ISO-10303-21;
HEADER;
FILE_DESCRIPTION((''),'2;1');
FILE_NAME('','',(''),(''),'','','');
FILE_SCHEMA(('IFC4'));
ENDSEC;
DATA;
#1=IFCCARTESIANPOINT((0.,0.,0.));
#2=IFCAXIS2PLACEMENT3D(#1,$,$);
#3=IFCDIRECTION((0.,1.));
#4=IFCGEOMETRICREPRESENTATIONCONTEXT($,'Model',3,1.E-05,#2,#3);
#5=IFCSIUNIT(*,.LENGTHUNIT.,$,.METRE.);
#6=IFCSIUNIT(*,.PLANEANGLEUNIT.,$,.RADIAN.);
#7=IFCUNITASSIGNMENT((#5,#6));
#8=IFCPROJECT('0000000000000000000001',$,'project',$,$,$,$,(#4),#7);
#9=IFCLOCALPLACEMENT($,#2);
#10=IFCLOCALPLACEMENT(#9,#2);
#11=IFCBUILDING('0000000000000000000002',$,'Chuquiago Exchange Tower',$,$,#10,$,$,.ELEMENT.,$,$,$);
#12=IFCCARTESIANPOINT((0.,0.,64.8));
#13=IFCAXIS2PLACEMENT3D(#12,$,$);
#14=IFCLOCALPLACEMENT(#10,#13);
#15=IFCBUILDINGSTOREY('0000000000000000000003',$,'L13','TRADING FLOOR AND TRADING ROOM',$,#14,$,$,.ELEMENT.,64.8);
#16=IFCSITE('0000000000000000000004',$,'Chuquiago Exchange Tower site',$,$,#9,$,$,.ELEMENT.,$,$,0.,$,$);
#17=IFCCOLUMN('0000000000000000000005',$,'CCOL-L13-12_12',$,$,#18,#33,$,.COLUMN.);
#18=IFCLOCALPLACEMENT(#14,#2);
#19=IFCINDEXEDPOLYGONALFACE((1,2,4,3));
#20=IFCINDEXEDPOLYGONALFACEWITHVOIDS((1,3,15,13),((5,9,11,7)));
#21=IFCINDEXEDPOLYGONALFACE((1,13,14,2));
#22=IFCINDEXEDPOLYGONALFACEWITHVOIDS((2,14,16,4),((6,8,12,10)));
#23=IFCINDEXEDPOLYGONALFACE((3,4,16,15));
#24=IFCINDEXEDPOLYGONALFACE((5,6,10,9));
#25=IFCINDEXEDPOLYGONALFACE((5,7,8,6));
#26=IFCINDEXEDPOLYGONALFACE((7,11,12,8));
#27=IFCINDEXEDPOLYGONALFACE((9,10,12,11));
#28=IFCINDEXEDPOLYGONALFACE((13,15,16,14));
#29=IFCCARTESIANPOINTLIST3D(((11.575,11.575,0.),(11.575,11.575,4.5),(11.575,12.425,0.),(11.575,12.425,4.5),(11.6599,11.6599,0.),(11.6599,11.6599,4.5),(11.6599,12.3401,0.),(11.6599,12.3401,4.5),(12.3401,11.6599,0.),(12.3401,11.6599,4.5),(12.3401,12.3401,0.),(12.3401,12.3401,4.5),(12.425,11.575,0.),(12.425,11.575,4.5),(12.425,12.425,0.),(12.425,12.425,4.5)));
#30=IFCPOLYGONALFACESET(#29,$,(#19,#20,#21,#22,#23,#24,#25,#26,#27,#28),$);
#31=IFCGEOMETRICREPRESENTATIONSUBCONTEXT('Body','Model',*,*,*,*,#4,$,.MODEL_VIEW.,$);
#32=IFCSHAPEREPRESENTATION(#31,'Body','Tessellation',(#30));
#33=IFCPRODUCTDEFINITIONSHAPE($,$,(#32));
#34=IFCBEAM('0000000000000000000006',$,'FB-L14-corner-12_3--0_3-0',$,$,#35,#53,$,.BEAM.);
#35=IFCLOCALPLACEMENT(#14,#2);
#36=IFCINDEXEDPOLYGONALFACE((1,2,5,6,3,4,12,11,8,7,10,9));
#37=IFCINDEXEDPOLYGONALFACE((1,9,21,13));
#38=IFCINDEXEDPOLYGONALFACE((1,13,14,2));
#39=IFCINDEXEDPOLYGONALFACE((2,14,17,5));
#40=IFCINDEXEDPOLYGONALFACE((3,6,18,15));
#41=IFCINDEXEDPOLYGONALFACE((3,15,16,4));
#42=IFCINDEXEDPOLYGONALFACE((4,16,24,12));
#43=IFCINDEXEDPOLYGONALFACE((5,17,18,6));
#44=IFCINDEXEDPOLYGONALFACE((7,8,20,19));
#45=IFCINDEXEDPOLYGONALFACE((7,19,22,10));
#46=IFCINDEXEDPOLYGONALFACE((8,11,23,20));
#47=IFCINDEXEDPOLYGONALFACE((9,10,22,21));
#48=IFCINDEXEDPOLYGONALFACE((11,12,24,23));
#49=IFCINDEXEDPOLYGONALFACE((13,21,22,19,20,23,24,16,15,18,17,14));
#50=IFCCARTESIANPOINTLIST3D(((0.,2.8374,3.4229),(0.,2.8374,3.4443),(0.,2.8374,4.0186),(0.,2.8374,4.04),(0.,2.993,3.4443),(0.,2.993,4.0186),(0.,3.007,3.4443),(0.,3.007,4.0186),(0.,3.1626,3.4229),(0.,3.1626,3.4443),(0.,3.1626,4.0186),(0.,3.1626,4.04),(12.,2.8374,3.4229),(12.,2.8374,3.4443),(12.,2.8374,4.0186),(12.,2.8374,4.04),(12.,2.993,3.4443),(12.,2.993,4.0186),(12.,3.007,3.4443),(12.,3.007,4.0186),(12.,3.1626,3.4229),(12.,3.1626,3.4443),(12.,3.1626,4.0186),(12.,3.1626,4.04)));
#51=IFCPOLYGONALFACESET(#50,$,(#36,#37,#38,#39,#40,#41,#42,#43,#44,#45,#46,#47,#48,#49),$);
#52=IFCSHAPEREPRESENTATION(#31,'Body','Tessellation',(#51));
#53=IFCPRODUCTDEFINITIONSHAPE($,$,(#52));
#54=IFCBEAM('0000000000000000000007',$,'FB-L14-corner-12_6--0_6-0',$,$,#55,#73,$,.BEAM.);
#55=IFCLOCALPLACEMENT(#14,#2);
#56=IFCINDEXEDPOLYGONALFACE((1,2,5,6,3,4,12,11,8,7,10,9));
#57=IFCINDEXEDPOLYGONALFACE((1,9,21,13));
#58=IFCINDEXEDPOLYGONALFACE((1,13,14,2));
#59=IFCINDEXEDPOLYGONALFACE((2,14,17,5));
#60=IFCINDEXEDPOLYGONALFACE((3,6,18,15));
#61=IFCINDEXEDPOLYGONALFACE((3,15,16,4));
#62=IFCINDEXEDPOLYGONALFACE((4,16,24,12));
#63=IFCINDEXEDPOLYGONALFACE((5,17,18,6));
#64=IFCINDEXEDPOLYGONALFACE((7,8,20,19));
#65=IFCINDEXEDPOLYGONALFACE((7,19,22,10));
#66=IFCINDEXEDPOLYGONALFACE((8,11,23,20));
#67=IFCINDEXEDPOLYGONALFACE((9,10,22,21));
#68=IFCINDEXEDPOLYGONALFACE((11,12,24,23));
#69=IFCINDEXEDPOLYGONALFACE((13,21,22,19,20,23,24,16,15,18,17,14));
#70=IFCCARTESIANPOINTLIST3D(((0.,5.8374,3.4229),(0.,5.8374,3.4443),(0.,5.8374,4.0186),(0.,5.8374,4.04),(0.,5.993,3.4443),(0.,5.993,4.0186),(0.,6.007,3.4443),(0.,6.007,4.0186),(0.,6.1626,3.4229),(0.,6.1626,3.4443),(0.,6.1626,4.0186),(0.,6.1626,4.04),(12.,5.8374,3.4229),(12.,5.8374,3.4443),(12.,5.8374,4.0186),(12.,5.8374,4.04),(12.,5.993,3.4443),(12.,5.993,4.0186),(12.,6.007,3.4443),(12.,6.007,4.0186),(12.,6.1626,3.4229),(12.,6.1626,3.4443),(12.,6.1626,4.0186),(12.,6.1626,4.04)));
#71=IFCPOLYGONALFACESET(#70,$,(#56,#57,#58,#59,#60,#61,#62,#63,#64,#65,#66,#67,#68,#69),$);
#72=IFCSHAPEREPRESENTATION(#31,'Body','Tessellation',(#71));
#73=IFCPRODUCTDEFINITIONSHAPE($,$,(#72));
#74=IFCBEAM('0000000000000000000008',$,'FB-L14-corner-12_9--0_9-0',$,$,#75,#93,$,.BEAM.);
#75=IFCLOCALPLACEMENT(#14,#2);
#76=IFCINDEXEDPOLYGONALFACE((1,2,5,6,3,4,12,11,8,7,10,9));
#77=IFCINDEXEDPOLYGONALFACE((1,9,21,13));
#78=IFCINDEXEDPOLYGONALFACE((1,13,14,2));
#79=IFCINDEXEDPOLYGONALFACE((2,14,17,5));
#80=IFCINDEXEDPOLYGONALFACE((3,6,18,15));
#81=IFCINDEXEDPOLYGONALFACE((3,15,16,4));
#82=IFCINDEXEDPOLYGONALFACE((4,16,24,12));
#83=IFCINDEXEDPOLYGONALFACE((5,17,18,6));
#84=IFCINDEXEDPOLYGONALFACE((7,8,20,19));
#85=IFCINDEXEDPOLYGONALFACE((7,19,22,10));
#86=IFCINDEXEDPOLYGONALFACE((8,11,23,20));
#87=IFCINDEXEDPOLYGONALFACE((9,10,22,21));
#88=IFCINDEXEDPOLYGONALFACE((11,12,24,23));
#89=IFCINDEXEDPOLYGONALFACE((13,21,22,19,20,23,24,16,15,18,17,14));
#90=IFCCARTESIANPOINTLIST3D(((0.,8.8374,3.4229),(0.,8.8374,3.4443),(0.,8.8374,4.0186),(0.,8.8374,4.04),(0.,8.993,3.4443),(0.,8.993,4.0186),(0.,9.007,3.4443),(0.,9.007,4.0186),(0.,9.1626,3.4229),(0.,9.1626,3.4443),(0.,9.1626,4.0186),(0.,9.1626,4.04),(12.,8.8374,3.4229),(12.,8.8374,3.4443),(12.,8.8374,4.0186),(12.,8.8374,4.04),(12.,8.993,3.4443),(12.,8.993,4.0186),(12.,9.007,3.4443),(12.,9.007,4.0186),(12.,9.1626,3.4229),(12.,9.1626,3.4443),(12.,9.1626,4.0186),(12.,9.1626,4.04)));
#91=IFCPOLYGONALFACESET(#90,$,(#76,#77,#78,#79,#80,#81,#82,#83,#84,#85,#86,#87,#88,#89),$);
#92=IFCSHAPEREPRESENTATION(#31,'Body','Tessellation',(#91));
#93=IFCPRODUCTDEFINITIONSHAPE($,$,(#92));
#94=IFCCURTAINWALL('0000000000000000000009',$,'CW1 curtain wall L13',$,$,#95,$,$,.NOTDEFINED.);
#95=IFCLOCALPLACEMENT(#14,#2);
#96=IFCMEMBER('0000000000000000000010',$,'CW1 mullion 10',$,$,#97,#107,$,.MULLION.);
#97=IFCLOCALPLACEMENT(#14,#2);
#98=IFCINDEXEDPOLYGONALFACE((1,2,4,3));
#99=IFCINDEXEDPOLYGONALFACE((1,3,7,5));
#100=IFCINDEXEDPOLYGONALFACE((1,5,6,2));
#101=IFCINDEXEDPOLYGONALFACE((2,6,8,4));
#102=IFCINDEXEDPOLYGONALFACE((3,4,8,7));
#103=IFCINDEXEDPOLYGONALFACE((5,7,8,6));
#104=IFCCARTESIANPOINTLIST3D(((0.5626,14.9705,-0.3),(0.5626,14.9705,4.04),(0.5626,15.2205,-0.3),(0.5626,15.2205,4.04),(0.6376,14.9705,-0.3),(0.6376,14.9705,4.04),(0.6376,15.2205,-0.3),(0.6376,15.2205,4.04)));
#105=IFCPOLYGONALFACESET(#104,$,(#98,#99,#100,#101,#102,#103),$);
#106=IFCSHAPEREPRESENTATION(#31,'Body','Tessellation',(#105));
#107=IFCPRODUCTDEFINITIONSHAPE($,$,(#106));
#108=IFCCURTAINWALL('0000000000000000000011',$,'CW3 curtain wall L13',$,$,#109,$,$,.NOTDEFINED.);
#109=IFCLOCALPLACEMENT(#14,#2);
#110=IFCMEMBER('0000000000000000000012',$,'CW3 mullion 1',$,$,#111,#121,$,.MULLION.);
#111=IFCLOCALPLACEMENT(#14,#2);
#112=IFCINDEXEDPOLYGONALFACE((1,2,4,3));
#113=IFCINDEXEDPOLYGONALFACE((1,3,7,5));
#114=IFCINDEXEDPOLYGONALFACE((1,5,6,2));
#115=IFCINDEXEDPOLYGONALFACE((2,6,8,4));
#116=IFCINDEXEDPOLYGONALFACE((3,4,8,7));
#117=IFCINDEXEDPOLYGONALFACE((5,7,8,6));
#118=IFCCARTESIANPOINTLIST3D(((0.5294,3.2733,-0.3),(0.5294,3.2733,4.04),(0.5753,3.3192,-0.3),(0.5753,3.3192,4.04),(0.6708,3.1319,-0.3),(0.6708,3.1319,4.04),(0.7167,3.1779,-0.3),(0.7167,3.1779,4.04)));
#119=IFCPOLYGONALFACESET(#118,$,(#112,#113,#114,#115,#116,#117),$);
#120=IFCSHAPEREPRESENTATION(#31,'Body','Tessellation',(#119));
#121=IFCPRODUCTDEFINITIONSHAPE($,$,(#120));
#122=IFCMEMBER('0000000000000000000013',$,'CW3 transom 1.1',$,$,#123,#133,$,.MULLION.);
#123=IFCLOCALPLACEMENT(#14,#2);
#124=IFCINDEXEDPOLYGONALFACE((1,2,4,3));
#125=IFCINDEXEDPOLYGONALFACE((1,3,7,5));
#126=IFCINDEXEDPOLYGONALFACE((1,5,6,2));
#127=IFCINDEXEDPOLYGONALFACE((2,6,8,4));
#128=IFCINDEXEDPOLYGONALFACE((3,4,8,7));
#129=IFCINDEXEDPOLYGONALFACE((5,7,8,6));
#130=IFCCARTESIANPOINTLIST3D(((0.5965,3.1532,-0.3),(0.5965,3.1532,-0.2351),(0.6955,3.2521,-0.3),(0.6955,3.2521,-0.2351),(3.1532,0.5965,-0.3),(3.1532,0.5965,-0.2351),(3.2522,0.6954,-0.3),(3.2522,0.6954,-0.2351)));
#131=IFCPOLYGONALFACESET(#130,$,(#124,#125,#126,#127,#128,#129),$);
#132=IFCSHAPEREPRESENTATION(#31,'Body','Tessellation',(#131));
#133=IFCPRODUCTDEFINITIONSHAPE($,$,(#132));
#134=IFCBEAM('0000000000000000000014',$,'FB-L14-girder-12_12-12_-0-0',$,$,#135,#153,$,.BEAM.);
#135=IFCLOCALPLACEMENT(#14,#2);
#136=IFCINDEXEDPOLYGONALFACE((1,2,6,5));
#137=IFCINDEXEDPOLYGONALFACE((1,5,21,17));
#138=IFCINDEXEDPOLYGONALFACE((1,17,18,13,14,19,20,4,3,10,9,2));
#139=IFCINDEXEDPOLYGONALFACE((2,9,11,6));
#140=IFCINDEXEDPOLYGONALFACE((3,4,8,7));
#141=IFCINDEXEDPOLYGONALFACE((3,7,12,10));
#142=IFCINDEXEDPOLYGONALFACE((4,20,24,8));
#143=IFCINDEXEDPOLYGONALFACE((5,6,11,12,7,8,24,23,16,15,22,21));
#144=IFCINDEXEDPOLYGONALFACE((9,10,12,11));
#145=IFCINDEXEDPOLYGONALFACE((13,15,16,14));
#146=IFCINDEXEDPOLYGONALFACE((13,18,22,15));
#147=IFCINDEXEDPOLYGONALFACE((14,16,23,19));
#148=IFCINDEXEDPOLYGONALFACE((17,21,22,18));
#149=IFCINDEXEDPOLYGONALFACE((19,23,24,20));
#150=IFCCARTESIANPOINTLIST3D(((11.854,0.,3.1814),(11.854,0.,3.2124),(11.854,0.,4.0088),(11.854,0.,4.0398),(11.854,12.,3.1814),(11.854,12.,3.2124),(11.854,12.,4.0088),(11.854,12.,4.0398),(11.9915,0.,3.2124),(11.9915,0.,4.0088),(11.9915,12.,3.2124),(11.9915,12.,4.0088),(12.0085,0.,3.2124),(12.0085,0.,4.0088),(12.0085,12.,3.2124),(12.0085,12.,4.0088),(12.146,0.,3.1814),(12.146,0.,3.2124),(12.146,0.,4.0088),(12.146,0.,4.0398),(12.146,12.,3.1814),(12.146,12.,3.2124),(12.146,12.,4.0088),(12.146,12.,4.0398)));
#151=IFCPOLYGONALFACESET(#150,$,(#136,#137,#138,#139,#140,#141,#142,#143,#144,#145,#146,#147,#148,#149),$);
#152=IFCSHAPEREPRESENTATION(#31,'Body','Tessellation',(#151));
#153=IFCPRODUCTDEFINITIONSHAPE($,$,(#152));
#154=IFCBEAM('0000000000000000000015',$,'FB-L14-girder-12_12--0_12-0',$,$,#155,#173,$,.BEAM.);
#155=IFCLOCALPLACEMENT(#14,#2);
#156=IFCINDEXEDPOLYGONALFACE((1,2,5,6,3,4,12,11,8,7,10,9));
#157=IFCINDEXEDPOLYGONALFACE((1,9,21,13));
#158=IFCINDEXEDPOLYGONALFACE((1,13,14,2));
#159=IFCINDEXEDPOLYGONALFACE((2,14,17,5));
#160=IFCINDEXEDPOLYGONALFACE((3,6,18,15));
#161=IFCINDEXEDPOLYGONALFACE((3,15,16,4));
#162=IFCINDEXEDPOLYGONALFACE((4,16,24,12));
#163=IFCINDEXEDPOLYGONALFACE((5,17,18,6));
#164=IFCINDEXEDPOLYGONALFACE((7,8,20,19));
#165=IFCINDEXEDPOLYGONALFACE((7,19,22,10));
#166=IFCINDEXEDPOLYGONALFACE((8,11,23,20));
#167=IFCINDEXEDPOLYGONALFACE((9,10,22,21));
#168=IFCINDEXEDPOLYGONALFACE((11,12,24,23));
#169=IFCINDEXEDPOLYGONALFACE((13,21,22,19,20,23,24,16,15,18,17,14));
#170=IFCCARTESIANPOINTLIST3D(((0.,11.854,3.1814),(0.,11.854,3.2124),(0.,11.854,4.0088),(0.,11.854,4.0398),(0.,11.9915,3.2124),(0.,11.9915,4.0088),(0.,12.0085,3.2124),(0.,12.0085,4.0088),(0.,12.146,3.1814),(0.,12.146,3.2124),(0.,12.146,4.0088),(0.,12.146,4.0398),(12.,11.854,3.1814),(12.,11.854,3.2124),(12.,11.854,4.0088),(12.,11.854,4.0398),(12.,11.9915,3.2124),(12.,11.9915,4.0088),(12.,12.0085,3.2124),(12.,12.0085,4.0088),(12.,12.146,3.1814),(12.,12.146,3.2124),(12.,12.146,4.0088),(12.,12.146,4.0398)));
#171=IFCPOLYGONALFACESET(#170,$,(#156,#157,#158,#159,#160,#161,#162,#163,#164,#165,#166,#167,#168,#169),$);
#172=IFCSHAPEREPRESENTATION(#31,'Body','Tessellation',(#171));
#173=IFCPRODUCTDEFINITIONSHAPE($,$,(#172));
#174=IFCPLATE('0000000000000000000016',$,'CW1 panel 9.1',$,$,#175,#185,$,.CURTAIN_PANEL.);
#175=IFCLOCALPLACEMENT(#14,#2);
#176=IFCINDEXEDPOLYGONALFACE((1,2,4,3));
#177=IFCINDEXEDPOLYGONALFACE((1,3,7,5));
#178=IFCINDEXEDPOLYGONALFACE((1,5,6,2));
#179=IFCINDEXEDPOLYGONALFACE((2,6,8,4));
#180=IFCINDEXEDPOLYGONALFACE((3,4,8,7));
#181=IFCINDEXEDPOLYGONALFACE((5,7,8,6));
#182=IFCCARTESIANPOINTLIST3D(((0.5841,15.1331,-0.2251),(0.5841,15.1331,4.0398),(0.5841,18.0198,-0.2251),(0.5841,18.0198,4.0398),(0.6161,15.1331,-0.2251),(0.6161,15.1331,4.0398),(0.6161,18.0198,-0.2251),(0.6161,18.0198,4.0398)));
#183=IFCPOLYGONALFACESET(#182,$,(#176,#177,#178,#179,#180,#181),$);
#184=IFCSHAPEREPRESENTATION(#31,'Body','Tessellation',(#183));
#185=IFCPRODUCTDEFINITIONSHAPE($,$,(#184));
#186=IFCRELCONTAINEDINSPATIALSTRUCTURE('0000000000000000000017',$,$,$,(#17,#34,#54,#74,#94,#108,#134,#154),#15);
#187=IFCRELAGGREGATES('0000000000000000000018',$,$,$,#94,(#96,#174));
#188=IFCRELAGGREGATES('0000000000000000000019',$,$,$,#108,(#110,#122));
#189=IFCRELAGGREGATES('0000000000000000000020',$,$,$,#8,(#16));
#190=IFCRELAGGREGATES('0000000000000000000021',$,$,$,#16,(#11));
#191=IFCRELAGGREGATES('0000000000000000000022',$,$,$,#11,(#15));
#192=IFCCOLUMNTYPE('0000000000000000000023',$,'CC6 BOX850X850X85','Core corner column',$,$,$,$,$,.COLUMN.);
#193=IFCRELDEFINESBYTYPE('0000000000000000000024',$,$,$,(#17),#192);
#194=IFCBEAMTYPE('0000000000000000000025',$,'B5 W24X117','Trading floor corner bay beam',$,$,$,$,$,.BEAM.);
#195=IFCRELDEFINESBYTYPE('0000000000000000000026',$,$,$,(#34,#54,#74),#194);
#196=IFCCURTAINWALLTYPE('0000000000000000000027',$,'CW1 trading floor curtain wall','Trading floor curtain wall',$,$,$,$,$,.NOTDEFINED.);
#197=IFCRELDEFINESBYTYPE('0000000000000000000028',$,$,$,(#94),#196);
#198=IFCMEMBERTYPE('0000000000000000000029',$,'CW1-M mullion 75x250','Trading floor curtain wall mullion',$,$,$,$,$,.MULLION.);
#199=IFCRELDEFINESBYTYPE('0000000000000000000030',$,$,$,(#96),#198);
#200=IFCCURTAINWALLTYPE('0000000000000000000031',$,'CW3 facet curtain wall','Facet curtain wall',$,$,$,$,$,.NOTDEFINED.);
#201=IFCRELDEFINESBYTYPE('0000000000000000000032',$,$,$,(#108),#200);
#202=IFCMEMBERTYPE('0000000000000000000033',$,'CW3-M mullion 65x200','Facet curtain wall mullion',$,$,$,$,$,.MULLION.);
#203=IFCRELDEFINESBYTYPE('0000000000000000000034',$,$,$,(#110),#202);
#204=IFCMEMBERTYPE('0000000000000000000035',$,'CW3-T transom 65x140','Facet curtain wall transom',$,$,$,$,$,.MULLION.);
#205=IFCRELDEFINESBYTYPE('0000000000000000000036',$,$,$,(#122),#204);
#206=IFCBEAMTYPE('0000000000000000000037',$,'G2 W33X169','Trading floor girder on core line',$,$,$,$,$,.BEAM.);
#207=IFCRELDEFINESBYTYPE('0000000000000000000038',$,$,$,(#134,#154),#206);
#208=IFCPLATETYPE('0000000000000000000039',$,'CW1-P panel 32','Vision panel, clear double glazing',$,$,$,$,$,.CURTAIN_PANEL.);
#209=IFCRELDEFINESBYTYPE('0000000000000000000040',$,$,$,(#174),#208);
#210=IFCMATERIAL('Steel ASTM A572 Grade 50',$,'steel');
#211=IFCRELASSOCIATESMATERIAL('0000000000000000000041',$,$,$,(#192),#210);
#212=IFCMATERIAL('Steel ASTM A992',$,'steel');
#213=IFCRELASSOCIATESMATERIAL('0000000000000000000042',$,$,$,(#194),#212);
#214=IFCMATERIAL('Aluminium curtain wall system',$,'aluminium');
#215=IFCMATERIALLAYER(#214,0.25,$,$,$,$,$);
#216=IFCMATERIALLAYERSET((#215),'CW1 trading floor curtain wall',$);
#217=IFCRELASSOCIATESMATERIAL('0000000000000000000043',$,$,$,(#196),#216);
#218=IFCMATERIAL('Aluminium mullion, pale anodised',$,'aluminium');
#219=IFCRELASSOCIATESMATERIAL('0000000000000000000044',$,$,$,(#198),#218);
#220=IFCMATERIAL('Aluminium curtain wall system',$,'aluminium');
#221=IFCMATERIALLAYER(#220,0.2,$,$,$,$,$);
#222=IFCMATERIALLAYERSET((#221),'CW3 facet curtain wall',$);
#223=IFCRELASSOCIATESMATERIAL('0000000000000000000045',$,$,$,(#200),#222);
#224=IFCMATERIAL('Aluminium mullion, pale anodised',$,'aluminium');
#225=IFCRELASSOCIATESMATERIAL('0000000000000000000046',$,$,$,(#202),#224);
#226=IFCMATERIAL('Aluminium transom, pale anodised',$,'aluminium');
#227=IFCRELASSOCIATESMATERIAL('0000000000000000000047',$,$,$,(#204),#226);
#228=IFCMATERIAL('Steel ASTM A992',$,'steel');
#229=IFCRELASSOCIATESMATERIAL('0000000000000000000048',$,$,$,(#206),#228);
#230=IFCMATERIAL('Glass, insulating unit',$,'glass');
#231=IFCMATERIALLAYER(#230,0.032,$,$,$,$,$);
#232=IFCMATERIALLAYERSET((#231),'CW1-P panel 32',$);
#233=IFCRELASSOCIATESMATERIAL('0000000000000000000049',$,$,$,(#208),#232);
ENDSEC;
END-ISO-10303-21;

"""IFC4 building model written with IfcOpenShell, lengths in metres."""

from ifc_helpers import new_model, si_unit, direction, frame, origin, origin_2d, place, context, subcontext, project, spatial, rectangle, hollow_rectangle, i_section, extrude, material, layer, layer_set, material_profile, profile_set, type_object, element, aggregate, save


model = new_model("IFC4")

# Units and contexts
model_context = context("Model", 3, precision=1e-05, world=origin(), true_north=direction((0.0, 1.0)))
body_context = subcontext(model_context, "Body", "Model", "MODEL_VIEW")
ifc_project = project(units=[si_unit("LENGTHUNIT", "METRE"), si_unit("PLANEANGLEUNIT", "RADIAN")], contexts=[model_context])

# Site, building, storey
site_placement = place(None, origin())
site = spatial("IfcSite", under=ifc_project, at=site_placement, Name="Chuquiago Exchange Tower site", CompositionType="ELEMENT", RefElevation=0.0)
building_placement = place(site_placement, origin())
building = spatial("IfcBuilding", under=site, at=building_placement, Name="Chuquiago Exchange Tower", CompositionType="ELEMENT")
storey_placement = place(building_placement, frame((0.0, 0.0, 64.8)))
storey = spatial("IfcBuildingStorey", under=building, at=storey_placement, Name="L13", Description="TRADING FLOOR AND TRADING ROOM", CompositionType="ELEMENT", Elevation=64.8)

# Column
ifc_material_1 = material(Name="Steel ASTM A572 Grade 50", Category="steel")
ifc_material_profile_1 = material_profile(ifc_material_1, hollow_rectangle(XDim=0.8501, YDim=0.8501, WallThickness=0.085, at=origin_2d()), Name="BOX850X850X85")
ifc_profile_set_1 = profile_set([ifc_material_profile_1], Name="Steel ASTM A572 Grade 50")
column_type = type_object("IfcColumnType", Name="CC6 BOX850X850X85", Description="Core corner column", PredefinedType="COLUMN", material=ifc_profile_set_1)
column_placement = place(storey_placement, frame((12.0, 12.0, 0.0), z_axis=(0.0, 0.0, 1.0), x_axis=(1.0, 0.0, 0.0)))
element("IfcColumn", 1, at=column_placement, inside=storey, type_object=column_type, Name="CCOL-L13-12_12", PredefinedType="COLUMN", context=body_context, shape_type="SweptSolid", body=[
    extrude(hollow_rectangle(XDim=0.8501, YDim=0.8501, WallThickness=0.085, at=origin_2d()), origin(), (0.0, 0.0, 1.0), 4.5),
])

# Beams
ifc_material_2 = material(Name="Steel ASTM A992", Category="steel")
ifc_material_profile_2 = material_profile(ifc_material_2, i_section(OverallWidth=0.3252, OverallDepth=0.6172, WebThickness=0.0139, FlangeThickness=0.0215, at=origin_2d()), Name="W24X117")
ifc_profile_set_2 = profile_set([ifc_material_profile_2], Name="Steel ASTM A992")
beam_type_1 = type_object("IfcBeamType", Name="B5 W24X117", Description="Trading floor corner bay beam", PredefinedType="BEAM", material=ifc_profile_set_2)
for number, where, z_axis, x_axis, name in (
    (2, (12.0, 3.0, 3.7314), (-1.0, 0.0, 0.0), (0.0, -1.0, 0.0), "FB-L14-corner-12_3--0_3-0"),
    (3, (12.0, 6.0, 3.7314), (-1.0, 0.0, 0.0), (0.0, -1.0, 0.0), "FB-L14-corner-12_6--0_6-0"),
    (4, (12.0, 9.0, 3.7314), (-1.0, 0.0, 0.0), (0.0, -1.0, 0.0), "FB-L14-corner-12_9--0_9-0"),
):
    element("IfcBeam", number, at=place(storey_placement, frame(where, z_axis=z_axis, x_axis=x_axis)), inside=storey, type_object=beam_type_1, Name=name, PredefinedType="BEAM", context=body_context, shape_type="SweptSolid", body=[
        extrude(i_section(OverallWidth=0.3252, OverallDepth=0.6172, WebThickness=0.0139, FlangeThickness=0.0215, at=origin_2d()), origin(), (0.0, 0.0, 1.0), 12.0),
    ])

# Curtain wall, member
ifc_material_3 = material(Name="Aluminium curtain wall system", Category="aluminium")
ifc_layer_1 = layer(ifc_material_3, 0.25)
ifc_layer_set_1 = layer_set([ifc_layer_1], Name="CW1 trading floor curtain wall")
curtain_wall_type_1 = type_object("IfcCurtainWallType", Name="CW1 trading floor curtain wall", Description="Trading floor curtain wall", PredefinedType="NOTDEFINED", material=ifc_layer_set_1)
curtain_wall_1_placement = place(storey_placement, origin())
curtain_wall_1 = element("IfcCurtainWall", 5, at=curtain_wall_1_placement, inside=storey, type_object=curtain_wall_type_1, Name="CW1 curtain wall L13", PredefinedType="NOTDEFINED")
ifc_material_4 = material(Name="Aluminium mullion, pale anodised", Category="aluminium")
ifc_material_profile_3 = material_profile(ifc_material_4, rectangle(XDim=0.075, YDim=0.25, at=origin_2d()), Name="AL 75x250")
ifc_profile_set_3 = profile_set([ifc_material_profile_3], Name="Aluminium mullion, pale anodised")
member_type_1 = type_object("IfcMemberType", Name="CW1-M mullion 75x250", Description="Trading floor curtain wall mullion", PredefinedType="MULLION", material=ifc_profile_set_3)
member_1_placement = place(storey_placement, frame((0.6001, 15.0955, -0.3), z_axis=(0.0, 0.0, 1.0), x_axis=(1.0, 0.0, 0.0)))
member_1 = element("IfcMember", 6, at=member_1_placement, type_object=member_type_1, Name="CW1 mullion 10", PredefinedType="MULLION", context=body_context, shape_type="SweptSolid", body=[
    extrude(rectangle(XDim=0.075, YDim=0.25, at=origin_2d()), origin(), (0.0, 0.0, 1.0), 4.3401),
])

# Curtain wall, members
ifc_material_5 = material(Name="Aluminium curtain wall system", Category="aluminium")
ifc_layer_2 = layer(ifc_material_5, 0.2)
ifc_layer_set_2 = layer_set([ifc_layer_2], Name="CW3 facet curtain wall")
curtain_wall_type_2 = type_object("IfcCurtainWallType", Name="CW3 facet curtain wall", Description="Facet curtain wall", PredefinedType="NOTDEFINED", material=ifc_layer_set_2)
curtain_wall_2_placement = place(storey_placement, origin())
curtain_wall_2 = element("IfcCurtainWall", 7, at=curtain_wall_2_placement, inside=storey, type_object=curtain_wall_type_2, Name="CW3 curtain wall L13", PredefinedType="NOTDEFINED")
ifc_material_6 = material(Name="Aluminium mullion, pale anodised", Category="aluminium")
ifc_material_profile_4 = material_profile(ifc_material_6, rectangle(XDim=0.0649, YDim=0.2, at=origin_2d()), Name="AL 65x200")
ifc_profile_set_4 = profile_set([ifc_material_profile_4], Name="Aluminium mullion, pale anodised")
member_type_2 = type_object("IfcMemberType", Name="CW3-M mullion 65x200", Description="Facet curtain wall mullion", PredefinedType="MULLION", material=ifc_profile_set_4)
member_2_placement = place(storey_placement, frame((0.623, 3.2256, -0.3), z_axis=(0.0, 0.0, 1.0), x_axis=(0.707107, 0.707107, 0.0)))
member_2 = element("IfcMember", 8, at=member_2_placement, type_object=member_type_2, Name="CW3 mullion 1", PredefinedType="MULLION", context=body_context, shape_type="SweptSolid", body=[
    extrude(rectangle(XDim=0.0649, YDim=0.2, at=origin_2d()), origin(), (0.0, 0.0, 1.0), 4.3401),
])
ifc_material_7 = material(Name="Aluminium transom, pale anodised", Category="aluminium")
ifc_material_profile_5 = material_profile(ifc_material_7, rectangle(XDim=0.1399, YDim=0.0649, at=origin_2d()), Name="AL 140x65")
ifc_profile_set_5 = profile_set([ifc_material_profile_5], Name="Aluminium transom, pale anodised")
member_type_3 = type_object("IfcMemberType", Name="CW3-T transom 65x140", Description="Facet curtain wall transom", PredefinedType="MULLION", material=ifc_profile_set_5)
member_3_placement = place(storey_placement, frame((0.646, 3.2026, -0.2676), z_axis=(0.707107, -0.707107, 0.0), x_axis=(0.707107, 0.707107, 0.0)))
member_3 = element("IfcMember", 9, at=member_3_placement, type_object=member_type_3, Name="CW3 transom 1.1", PredefinedType="MULLION", context=body_context, shape_type="SweptSolid", body=[
    extrude(rectangle(XDim=0.1399, YDim=0.0649, at=origin_2d()), origin(), (0.0, 0.0, 1.0), 3.6157),
])

# Beams
ifc_material_8 = material(Name="Steel ASTM A992", Category="steel")
ifc_material_profile_6 = material_profile(ifc_material_8, i_section(OverallWidth=0.292, OverallDepth=0.8584, WebThickness=0.0171, FlangeThickness=0.031, at=origin_2d()), Name="W33X169")
ifc_profile_set_6 = profile_set([ifc_material_profile_6], Name="Steel ASTM A992")
beam_type_2 = type_object("IfcBeamType", Name="G2 W33X169", Description="Trading floor girder on core line", PredefinedType="BEAM", material=ifc_profile_set_6)
for number, where, z_axis, x_axis, name in (
    (10, (12.0, 12.0, 3.6106), (0.0, -1.0, 0.0), (1.0, 0.0, 0.0), "FB-L14-girder-12_12-12_-0-0"),
    (11, (12.0, 12.0, 3.6106), (-1.0, 0.0, 0.0), (0.0, -1.0, 0.0), "FB-L14-girder-12_12--0_12-0"),
):
    element("IfcBeam", number, at=place(storey_placement, frame(where, z_axis=z_axis, x_axis=x_axis)), inside=storey, type_object=beam_type_2, Name=name, PredefinedType="BEAM", context=body_context, shape_type="SweptSolid", body=[
        extrude(i_section(OverallWidth=0.292, OverallDepth=0.8584, WebThickness=0.0171, FlangeThickness=0.031, at=origin_2d()), origin(), (0.0, 0.0, 1.0), 12.0),
    ])

# Plate
ifc_material_9 = material(Name="Glass, insulating unit", Category="glass")
ifc_layer_3 = layer(ifc_material_9, 0.032)
ifc_layer_set_3 = layer_set([ifc_layer_3], Name="CW1-P panel 32")
plate_type_1 = type_object("IfcPlateType", Name="CW1-P panel 32", Description="Vision panel, clear double glazing", PredefinedType="CURTAIN_PANEL", material=ifc_layer_set_3)
plate_1_placement = place(storey_placement, frame((0.6001, 16.5764, -0.2251), z_axis=(0.0, 0.0, 1.0), x_axis=(0.0, -1.0, 0.0)))
plate_1 = element("IfcPlate", 12, at=plate_1_placement, type_object=plate_type_1, Name="CW1 panel 9.1", PredefinedType="CURTAIN_PANEL", context=body_context, shape_type="SweptSolid", body=[
    extrude(rectangle(XDim=2.8867, YDim=0.032, at=origin_2d()), origin(), (0.0, 0.0, 1.0), 4.2649),
])
aggregate(curtain_wall_1, [member_1, plate_1])
aggregate(curtain_wall_2, [member_2, member_3])

save(model, "model.ifc")
